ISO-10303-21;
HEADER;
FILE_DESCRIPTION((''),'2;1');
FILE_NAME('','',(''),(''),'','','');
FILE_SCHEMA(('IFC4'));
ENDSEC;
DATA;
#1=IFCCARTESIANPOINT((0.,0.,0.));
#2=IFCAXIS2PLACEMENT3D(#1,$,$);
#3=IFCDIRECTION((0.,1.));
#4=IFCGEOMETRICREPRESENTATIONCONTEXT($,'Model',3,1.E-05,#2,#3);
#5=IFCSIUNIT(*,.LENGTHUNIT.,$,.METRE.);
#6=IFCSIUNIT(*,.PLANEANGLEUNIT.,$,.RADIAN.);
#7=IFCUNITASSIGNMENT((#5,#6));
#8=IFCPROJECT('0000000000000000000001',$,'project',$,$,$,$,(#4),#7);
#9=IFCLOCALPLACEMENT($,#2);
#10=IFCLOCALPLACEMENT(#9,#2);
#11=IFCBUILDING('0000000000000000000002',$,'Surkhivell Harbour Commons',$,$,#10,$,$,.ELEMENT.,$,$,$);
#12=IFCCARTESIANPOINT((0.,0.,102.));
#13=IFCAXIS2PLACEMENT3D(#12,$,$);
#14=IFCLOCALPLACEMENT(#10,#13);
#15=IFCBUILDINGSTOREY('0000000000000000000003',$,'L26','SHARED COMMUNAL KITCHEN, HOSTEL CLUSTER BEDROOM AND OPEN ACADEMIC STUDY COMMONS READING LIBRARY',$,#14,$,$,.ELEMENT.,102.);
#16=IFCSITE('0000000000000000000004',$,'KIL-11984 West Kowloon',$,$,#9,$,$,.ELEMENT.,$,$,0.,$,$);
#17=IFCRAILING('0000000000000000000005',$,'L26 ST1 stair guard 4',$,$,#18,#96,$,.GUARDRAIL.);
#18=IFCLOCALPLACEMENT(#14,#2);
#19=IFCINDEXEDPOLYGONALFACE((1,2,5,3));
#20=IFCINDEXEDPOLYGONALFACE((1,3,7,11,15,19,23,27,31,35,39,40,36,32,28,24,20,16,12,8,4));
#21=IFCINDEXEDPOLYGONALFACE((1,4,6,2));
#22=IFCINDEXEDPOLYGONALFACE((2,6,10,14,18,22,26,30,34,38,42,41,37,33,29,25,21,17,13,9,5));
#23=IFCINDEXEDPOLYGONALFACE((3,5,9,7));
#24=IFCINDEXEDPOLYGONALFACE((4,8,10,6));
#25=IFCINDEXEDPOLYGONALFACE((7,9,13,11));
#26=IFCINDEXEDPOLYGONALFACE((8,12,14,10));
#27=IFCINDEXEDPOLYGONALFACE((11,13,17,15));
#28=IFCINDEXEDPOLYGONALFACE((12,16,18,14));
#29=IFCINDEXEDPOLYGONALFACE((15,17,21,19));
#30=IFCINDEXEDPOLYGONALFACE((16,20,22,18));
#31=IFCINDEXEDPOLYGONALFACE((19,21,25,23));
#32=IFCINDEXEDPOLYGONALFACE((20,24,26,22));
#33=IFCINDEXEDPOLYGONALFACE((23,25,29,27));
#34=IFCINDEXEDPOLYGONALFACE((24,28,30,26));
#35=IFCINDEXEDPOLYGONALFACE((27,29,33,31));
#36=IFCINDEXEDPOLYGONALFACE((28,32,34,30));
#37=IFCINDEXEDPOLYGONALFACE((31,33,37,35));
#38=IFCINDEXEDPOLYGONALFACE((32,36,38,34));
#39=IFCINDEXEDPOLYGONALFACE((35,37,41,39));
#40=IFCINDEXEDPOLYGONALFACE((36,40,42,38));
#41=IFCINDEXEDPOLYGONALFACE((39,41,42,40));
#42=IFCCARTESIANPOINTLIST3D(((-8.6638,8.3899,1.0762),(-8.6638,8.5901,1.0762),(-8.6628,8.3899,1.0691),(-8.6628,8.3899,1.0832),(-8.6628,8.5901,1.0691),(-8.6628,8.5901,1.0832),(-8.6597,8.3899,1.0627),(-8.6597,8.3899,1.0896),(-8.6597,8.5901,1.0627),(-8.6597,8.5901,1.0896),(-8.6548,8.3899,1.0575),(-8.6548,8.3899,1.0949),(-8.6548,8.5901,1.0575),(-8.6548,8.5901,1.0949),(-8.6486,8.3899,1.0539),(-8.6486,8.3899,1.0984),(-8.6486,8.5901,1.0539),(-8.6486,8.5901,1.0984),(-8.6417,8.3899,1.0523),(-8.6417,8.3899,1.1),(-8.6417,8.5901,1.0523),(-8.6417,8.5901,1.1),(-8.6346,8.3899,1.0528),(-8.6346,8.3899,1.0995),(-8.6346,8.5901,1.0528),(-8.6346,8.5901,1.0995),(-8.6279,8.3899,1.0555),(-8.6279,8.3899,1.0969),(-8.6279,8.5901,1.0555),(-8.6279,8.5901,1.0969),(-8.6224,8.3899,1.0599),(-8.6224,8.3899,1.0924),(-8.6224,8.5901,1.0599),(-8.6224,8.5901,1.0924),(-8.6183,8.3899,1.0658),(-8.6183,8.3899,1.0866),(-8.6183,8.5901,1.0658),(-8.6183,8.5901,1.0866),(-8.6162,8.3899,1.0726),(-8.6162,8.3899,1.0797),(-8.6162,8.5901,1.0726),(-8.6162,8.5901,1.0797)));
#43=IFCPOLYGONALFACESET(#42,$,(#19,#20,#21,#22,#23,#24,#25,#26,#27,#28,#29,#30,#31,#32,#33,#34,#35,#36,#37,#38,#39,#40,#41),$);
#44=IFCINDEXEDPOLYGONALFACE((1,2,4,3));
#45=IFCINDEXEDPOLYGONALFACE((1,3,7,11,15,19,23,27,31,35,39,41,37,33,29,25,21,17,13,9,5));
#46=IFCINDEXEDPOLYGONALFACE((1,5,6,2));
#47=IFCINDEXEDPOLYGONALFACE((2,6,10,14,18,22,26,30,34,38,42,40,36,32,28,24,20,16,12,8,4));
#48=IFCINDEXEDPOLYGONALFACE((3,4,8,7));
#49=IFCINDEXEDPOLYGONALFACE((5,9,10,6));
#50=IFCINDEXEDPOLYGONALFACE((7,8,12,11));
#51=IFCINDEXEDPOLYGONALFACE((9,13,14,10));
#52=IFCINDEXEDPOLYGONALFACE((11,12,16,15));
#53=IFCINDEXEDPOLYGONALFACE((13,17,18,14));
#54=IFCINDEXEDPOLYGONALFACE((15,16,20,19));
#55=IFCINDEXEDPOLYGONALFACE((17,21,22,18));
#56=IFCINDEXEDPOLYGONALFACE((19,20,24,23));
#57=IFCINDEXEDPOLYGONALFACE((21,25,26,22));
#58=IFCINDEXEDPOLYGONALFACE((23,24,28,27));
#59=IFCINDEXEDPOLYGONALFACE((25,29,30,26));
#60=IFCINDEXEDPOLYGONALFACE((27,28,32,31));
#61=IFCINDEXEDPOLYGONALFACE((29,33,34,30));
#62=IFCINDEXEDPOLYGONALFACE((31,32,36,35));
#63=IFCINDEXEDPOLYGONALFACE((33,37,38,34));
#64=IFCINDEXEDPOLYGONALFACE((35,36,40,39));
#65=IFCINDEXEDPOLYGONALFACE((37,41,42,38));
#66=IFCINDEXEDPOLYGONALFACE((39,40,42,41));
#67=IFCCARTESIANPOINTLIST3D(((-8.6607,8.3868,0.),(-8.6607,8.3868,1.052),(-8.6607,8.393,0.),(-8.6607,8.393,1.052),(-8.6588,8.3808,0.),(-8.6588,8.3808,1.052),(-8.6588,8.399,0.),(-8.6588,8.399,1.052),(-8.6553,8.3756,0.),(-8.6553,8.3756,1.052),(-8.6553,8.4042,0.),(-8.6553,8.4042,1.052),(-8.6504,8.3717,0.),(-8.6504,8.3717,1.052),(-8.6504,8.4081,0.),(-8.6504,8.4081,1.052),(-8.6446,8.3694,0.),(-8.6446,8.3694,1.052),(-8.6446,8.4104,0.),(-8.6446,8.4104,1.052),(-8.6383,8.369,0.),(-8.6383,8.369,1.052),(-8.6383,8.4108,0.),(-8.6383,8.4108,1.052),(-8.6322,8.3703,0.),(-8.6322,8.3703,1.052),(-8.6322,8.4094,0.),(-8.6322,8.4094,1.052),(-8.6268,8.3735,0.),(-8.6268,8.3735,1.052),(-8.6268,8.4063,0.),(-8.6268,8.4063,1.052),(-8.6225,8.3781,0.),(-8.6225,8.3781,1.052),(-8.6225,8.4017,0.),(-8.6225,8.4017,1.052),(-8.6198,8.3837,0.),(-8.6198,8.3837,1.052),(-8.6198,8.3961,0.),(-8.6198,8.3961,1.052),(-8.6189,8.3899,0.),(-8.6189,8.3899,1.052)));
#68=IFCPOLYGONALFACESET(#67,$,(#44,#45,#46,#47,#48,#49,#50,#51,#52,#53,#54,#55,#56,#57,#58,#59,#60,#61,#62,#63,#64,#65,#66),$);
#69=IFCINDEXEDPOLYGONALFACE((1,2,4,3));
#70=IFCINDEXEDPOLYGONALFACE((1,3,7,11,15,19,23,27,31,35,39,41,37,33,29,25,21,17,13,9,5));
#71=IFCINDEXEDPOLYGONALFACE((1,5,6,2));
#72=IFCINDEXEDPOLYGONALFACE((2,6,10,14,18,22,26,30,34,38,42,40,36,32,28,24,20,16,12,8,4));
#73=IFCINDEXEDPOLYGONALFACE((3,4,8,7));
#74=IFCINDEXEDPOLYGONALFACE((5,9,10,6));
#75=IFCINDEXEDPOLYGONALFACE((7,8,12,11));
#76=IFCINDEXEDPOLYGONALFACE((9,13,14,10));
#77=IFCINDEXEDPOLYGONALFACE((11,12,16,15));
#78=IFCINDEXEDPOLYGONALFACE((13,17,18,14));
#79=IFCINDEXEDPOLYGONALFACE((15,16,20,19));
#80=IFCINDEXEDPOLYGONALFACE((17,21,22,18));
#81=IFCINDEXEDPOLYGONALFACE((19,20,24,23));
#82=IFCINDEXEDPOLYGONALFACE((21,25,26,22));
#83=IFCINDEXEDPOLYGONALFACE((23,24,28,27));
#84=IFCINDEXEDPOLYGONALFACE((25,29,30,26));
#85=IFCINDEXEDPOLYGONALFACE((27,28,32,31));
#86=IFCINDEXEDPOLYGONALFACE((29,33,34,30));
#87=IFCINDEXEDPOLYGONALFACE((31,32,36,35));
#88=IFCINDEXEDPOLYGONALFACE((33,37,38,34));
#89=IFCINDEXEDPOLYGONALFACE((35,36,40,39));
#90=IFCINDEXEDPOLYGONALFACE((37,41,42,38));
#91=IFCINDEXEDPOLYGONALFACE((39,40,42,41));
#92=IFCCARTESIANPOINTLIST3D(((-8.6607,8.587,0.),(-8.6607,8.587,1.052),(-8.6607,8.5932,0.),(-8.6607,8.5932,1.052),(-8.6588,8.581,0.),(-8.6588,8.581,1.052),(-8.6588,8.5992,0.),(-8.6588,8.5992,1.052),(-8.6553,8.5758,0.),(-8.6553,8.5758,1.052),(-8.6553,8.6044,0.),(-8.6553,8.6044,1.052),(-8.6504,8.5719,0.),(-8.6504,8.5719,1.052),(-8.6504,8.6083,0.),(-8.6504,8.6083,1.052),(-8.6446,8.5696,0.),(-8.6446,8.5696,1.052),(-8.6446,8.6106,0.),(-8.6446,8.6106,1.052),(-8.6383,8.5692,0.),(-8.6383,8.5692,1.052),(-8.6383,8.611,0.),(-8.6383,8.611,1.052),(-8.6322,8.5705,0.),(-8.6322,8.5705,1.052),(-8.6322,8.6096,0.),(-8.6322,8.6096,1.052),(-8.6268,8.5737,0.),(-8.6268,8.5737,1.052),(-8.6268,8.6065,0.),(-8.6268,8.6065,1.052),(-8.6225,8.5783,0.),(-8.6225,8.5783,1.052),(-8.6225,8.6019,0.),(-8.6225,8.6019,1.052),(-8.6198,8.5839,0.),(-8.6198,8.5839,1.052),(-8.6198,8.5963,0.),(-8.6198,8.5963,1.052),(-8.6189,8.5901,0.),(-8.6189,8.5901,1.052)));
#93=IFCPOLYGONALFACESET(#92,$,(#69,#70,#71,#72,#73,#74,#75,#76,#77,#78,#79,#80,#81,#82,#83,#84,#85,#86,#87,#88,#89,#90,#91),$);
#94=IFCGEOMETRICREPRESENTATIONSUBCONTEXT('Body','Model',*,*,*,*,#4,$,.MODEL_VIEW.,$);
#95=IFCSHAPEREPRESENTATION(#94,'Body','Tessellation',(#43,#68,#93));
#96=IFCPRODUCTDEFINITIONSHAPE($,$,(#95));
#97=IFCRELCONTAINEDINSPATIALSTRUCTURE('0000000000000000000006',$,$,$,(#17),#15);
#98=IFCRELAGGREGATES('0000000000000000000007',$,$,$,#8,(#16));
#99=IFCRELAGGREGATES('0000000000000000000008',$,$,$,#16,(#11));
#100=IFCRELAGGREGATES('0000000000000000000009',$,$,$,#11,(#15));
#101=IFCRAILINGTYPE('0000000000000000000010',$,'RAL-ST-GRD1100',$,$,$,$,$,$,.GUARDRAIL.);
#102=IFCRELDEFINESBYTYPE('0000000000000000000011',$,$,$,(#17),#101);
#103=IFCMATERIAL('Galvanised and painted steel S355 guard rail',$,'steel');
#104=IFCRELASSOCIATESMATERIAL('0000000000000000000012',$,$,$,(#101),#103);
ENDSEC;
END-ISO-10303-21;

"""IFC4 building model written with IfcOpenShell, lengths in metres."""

from ifc_helpers import new_model, si_unit, direction, frame, origin, origin_2d, place, context, subcontext, project, spatial, circle, extrude, material, type_object, element, save


model = new_model("IFC4")

# Units and contexts
model_context = context("Model", 3, precision=1e-05, world=origin(), true_north=direction((0.0, 1.0)))
body_context = subcontext(model_context, "Body", "Model", "MODEL_VIEW")
ifc_project = project(units=[si_unit("LENGTHUNIT", "METRE"), si_unit("PLANEANGLEUNIT", "RADIAN")], contexts=[model_context])

# Site, building, storey
site_placement = place(None, origin())
site = spatial("IfcSite", under=ifc_project, at=site_placement, Name="KIL-11984 West Kowloon", CompositionType="ELEMENT", RefElevation=0.0)
building_placement = place(site_placement, origin())
building = spatial("IfcBuilding", under=site, at=building_placement, Name="Surkhivell Harbour Commons", CompositionType="ELEMENT")
storey_placement = place(building_placement, frame((0.0, 0.0, 102.0)))
storey = spatial("IfcBuildingStorey", under=building, at=storey_placement, Name="L26", Description="SHARED COMMUNAL KITCHEN, HOSTEL CLUSTER BEDROOM AND OPEN ACADEMIC STUDY COMMONS READING LIBRARY", CompositionType="ELEMENT", Elevation=102.0)

# Railing
ifc_material_1 = material(Name="Galvanised and painted steel S355 guard rail", Category="steel")
railing_type_1 = type_object("IfcRailingType", Name="RAL-ST-GRD1100", PredefinedType="GUARDRAIL", material=ifc_material_1)
railing_1_placement = place(storey_placement, frame((-8.6399, 8.3899, 0.0)))
element("IfcRailing", 1, at=railing_1_placement, inside=storey, type_object=railing_type_1, Name="L26 ST1 stair guard 4", PredefinedType="GUARDRAIL", context=body_context, shape_type="SweptSolid", body=[
    extrude(circle(Radius=0.0239, at=origin_2d()), frame((0.0, 0.0, 1.0762), z_axis=(0.0, 1.0, 0.0), x_axis=(-1.0, 0.0, 0.0)), (0.0, 0.0, 1.0), 0.2002),
    extrude(circle(Radius=0.021, at=origin_2d()), origin(), (0.0, 0.0, 1.0), 1.052),
    extrude(circle(Radius=0.021, at=origin_2d()), frame((0.0, 0.2002, 0.0)), (0.0, 0.0, 1.0), 1.052),
])

save(model, "model.ifc")
